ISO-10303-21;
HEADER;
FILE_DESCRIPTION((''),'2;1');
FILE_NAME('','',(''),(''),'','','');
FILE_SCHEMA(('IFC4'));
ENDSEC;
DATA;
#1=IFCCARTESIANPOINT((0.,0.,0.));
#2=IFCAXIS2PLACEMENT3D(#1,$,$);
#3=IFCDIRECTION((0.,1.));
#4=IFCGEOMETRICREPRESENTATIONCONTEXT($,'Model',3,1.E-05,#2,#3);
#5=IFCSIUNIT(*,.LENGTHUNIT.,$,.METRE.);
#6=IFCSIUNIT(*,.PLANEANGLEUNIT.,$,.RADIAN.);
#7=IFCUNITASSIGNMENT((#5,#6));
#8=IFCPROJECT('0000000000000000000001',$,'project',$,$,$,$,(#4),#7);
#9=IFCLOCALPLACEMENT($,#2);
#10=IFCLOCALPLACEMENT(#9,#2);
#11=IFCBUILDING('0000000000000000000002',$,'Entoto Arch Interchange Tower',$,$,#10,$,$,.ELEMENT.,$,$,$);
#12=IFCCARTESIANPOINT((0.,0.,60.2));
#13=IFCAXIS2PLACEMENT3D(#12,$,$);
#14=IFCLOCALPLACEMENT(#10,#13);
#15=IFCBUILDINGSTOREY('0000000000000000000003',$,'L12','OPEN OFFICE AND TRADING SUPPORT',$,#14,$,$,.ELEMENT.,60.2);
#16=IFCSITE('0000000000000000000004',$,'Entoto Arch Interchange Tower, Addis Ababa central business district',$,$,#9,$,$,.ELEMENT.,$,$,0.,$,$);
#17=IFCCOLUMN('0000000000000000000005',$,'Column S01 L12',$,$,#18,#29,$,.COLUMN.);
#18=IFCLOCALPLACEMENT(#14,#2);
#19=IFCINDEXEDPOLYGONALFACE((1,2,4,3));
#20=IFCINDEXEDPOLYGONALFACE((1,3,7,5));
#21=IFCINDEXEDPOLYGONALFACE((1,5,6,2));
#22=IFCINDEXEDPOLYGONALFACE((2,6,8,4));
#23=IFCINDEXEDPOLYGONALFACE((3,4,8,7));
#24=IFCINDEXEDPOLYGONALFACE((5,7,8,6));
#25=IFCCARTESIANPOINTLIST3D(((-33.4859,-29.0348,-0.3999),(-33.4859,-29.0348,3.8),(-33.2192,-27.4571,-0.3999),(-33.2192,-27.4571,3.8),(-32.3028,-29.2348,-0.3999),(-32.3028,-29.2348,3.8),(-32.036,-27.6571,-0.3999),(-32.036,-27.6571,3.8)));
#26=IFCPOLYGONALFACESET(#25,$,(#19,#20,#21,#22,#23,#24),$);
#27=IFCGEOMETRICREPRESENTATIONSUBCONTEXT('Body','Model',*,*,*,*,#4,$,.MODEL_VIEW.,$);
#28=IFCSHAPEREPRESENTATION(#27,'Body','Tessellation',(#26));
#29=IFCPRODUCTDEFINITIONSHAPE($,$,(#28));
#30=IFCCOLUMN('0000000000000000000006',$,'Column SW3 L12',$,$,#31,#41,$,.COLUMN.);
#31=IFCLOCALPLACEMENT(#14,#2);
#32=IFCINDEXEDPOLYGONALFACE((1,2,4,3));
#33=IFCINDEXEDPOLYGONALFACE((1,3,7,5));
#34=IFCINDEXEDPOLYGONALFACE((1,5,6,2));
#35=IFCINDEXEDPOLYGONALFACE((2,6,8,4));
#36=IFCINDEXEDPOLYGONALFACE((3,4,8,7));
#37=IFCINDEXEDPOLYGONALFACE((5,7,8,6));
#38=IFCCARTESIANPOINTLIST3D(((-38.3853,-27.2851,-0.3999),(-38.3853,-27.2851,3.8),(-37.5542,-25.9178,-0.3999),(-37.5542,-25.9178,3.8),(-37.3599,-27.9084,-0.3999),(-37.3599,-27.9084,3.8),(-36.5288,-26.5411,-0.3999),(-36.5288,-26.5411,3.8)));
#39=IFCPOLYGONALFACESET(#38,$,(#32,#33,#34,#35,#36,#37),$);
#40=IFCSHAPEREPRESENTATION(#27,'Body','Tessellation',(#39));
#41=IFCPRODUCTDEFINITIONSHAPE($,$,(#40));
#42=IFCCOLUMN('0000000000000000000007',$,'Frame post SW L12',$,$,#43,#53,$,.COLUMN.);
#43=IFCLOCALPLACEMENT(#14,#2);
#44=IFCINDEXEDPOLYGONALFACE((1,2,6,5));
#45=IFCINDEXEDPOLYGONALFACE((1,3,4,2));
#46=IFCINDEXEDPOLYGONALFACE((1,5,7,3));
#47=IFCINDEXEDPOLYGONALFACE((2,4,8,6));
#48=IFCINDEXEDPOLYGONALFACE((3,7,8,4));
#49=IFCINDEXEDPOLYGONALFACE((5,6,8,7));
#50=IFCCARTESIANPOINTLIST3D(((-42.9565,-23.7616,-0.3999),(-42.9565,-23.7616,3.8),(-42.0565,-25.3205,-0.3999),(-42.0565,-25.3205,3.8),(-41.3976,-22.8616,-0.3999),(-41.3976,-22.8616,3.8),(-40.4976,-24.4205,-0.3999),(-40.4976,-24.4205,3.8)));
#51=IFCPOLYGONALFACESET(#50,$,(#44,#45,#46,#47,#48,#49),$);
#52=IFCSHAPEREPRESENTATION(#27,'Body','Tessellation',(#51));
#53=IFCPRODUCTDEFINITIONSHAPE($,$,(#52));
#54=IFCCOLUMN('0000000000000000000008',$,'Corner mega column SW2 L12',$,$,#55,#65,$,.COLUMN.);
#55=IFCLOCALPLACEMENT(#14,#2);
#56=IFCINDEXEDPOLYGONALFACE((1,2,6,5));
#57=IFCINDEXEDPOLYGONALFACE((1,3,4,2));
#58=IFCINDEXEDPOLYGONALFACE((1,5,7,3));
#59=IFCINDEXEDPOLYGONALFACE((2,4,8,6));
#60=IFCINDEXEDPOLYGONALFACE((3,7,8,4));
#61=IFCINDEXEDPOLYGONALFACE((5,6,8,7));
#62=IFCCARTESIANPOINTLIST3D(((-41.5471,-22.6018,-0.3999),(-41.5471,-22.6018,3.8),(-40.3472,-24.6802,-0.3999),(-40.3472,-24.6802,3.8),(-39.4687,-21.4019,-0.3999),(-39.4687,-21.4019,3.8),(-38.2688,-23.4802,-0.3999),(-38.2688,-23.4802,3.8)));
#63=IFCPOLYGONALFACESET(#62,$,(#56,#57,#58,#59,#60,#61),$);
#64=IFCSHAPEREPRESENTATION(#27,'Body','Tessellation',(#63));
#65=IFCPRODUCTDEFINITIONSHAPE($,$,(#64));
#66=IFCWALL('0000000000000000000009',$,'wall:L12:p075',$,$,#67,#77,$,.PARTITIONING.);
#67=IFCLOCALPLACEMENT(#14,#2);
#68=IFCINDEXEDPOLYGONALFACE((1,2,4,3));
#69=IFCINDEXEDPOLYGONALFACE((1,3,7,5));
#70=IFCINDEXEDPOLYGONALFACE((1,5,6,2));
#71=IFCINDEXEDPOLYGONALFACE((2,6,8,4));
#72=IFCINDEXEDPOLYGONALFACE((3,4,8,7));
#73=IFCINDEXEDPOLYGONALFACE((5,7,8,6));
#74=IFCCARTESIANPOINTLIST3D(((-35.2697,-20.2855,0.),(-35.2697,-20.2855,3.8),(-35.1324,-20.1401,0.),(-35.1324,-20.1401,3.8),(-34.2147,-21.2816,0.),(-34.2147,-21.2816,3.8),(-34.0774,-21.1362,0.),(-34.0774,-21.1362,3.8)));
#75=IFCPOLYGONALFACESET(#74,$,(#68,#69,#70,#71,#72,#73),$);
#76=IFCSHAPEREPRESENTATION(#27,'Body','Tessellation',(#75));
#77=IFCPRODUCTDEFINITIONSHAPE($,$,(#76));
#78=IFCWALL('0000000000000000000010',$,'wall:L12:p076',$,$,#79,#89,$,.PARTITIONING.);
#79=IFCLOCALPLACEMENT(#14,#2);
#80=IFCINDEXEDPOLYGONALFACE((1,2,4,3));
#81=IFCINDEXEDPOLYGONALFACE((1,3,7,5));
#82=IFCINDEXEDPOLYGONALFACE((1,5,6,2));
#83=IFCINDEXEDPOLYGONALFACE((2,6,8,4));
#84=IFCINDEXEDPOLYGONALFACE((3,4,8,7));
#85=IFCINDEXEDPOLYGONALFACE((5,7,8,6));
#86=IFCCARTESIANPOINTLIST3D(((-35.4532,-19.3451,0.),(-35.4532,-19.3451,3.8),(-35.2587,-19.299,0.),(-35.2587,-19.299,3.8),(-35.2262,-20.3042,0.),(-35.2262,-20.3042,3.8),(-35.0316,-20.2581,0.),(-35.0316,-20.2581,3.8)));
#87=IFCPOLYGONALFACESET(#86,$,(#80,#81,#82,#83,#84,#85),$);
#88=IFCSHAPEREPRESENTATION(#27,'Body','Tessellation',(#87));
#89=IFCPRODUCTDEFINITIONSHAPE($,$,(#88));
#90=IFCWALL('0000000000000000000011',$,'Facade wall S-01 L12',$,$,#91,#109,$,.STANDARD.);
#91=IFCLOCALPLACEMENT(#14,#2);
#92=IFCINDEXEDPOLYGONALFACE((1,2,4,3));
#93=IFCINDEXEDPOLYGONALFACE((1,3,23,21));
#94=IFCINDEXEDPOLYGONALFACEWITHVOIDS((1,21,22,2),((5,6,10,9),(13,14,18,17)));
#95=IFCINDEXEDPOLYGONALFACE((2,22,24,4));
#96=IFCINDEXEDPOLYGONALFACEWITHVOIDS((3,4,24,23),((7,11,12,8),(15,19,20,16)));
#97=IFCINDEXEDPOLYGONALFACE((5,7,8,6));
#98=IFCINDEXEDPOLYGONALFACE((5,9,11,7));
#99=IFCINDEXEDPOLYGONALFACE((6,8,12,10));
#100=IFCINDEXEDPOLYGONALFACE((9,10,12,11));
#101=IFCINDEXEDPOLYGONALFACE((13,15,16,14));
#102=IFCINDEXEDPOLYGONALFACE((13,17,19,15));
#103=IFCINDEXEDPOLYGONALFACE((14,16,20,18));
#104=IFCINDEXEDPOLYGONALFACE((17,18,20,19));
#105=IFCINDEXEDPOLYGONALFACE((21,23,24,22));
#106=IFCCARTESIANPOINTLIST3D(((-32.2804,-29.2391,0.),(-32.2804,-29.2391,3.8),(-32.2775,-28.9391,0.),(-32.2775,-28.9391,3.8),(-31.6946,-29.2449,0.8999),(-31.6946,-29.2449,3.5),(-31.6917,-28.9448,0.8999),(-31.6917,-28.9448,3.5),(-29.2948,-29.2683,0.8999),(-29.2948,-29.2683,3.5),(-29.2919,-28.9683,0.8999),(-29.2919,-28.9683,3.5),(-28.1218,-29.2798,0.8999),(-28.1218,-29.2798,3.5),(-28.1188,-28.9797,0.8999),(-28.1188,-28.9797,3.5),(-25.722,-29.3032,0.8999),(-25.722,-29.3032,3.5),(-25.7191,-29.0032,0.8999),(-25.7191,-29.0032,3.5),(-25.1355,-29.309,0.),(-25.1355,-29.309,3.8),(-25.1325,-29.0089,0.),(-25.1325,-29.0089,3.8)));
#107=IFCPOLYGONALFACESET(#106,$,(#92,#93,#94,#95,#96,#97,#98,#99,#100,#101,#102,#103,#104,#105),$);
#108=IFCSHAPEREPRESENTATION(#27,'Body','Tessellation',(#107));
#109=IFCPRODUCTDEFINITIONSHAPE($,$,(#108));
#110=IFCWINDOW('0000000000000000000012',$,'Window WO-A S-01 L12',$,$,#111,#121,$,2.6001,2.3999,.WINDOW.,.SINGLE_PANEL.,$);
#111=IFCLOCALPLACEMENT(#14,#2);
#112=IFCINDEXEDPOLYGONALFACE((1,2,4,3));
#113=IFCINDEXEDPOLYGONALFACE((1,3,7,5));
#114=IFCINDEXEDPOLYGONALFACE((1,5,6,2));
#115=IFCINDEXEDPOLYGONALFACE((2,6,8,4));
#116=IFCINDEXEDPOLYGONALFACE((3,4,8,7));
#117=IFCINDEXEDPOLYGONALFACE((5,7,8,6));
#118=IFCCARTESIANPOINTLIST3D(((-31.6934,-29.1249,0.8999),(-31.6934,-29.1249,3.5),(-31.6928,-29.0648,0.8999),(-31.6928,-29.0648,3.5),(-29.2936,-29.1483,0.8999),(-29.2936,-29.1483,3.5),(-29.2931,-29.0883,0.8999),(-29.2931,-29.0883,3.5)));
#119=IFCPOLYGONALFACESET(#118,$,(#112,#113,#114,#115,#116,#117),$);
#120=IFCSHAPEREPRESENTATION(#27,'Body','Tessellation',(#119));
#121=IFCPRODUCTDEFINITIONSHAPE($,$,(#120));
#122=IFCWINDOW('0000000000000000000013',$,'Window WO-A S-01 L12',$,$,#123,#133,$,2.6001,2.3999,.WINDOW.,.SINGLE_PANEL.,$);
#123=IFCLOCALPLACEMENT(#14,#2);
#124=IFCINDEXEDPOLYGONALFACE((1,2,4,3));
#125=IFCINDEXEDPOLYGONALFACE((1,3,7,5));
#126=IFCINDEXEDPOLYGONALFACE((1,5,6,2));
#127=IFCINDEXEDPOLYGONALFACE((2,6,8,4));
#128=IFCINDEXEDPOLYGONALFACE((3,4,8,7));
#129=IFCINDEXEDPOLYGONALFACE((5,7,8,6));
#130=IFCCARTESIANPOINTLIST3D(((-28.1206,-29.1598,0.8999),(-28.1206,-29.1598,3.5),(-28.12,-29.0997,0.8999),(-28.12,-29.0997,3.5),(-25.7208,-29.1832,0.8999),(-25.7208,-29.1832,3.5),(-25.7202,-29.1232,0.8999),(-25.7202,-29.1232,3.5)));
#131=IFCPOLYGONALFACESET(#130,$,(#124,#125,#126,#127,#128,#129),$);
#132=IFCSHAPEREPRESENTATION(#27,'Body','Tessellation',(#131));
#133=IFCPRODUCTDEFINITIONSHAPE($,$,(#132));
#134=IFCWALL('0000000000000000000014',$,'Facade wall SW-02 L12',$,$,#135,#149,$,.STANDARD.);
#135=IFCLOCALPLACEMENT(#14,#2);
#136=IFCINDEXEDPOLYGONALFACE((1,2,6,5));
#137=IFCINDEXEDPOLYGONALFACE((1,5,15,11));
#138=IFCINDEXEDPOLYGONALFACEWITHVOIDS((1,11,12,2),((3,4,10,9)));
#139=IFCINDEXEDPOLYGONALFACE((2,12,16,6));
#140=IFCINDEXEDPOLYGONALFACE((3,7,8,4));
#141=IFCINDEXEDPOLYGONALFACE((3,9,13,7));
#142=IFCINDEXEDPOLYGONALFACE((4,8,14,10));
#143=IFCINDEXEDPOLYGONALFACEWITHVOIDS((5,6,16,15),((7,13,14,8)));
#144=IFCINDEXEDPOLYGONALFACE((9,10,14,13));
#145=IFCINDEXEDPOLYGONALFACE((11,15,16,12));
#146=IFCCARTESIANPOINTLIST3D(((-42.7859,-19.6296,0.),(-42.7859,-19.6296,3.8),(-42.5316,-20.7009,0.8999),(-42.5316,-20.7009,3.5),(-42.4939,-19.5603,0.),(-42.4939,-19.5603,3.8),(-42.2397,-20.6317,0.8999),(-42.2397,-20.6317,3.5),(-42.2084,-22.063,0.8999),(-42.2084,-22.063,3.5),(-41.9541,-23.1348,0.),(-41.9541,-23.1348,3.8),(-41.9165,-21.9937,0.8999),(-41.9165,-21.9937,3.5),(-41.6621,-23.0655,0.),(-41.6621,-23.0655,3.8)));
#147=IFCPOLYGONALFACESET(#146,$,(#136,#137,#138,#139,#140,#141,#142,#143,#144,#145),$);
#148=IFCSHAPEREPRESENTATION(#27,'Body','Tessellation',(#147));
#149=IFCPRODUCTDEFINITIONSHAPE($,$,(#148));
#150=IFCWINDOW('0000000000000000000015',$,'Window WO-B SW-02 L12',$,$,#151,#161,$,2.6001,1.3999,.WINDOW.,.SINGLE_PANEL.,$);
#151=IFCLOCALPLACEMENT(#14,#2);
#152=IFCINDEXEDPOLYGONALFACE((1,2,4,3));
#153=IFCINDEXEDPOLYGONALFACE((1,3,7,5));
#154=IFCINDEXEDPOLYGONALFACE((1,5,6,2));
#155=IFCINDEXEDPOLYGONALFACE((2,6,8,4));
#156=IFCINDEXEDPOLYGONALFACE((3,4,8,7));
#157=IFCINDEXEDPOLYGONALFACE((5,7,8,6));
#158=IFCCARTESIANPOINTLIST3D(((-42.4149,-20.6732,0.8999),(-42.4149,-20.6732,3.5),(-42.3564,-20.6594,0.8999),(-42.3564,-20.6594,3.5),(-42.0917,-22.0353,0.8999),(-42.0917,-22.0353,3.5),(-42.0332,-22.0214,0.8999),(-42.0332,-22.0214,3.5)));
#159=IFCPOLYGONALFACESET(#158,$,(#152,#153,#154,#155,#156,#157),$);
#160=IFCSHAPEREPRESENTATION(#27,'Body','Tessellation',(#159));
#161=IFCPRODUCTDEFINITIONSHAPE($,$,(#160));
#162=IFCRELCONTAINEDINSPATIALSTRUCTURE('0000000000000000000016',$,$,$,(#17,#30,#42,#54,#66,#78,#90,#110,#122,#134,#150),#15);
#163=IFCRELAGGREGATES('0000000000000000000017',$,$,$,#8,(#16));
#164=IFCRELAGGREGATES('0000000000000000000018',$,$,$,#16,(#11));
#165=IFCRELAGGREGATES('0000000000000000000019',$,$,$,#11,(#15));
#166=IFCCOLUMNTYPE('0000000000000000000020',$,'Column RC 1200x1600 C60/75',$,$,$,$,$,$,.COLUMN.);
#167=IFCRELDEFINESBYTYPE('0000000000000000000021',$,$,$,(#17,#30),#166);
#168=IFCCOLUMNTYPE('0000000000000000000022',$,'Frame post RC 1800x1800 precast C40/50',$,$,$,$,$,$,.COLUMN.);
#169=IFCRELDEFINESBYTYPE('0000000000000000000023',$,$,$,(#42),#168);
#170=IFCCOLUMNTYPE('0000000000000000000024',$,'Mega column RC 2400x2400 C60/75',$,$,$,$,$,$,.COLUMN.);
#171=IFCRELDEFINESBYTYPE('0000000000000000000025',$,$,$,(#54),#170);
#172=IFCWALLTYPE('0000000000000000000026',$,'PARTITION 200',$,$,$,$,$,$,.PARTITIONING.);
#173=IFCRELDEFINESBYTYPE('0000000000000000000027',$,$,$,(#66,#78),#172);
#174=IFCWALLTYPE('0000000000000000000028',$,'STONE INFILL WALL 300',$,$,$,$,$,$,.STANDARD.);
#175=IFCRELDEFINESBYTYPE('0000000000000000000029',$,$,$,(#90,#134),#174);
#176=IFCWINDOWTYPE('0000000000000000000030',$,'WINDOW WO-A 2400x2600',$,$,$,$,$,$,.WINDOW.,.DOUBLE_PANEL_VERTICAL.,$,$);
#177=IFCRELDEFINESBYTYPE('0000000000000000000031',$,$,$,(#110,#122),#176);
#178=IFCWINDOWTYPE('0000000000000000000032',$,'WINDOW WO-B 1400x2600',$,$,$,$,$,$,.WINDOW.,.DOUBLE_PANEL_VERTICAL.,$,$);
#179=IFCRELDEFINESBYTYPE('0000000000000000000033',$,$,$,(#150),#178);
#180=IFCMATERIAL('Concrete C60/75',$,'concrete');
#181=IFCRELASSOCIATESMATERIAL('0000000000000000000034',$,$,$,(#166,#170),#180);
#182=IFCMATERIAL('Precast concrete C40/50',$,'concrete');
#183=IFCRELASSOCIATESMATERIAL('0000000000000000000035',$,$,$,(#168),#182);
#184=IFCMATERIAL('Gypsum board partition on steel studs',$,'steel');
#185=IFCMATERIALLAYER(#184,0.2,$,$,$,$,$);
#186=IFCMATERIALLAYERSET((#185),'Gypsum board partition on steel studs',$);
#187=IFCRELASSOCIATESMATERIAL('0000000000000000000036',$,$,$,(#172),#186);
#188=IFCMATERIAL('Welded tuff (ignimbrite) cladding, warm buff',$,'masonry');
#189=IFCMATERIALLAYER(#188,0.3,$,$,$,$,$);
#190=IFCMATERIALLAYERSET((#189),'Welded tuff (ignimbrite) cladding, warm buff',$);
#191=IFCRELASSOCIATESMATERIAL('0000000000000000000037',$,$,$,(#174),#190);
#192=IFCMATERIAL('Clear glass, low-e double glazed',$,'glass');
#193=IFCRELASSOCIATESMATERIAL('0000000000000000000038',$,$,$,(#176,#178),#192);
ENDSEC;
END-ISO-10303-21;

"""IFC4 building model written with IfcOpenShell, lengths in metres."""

from ifc_helpers import new_model, si_unit, direction, frame, frame_2d, origin, origin_2d, place, context, subcontext, project, spatial, rectangle, extrude, material, layer, layer_set, material_profile, profile_set, type_object, element, fill, save


model = new_model("IFC4")

# Units and contexts
model_context = context("Model", 3, precision=1e-05, world=origin(), true_north=direction((0.0, 1.0)))
body_context = subcontext(model_context, "Body", "Model", "MODEL_VIEW")
ifc_project = project(units=[si_unit("LENGTHUNIT", "METRE"), si_unit("PLANEANGLEUNIT", "RADIAN")], contexts=[model_context])

# Site, building, storey
site_placement = place(None, origin())
site = spatial("IfcSite", under=ifc_project, at=site_placement, Name="Entoto Arch Interchange Tower, Addis Ababa central business district", CompositionType="ELEMENT", RefElevation=0.0)
building_placement = place(site_placement, origin())
building = spatial("IfcBuilding", under=site, at=building_placement, Name="Entoto Arch Interchange Tower", CompositionType="ELEMENT")
storey_placement = place(building_placement, frame((0.0, 0.0, 60.2)))
storey = spatial("IfcBuildingStorey", under=building, at=storey_placement, Name="L12", Description="OPEN OFFICE AND TRADING SUPPORT", CompositionType="ELEMENT", Elevation=60.2)

# Columns
ifc_material_1 = material(Name="Concrete C60/75", Category="concrete")
ifc_material_profile_1 = material_profile(ifc_material_1, rectangle(XDim=1.2, YDim=1.6001, at=origin_2d()))
ifc_profile_set_1 = profile_set([ifc_material_profile_1], Name="Concrete C60/75")
column_type_1 = type_object("IfcColumnType", Name="Column RC 1200x1600 C60/75", PredefinedType="COLUMN", material=ifc_profile_set_1)
for number, where, z_axis, x_axis, name in (
    (1, (-32.761, -28.3459, -0.3999), (0.0, 0.0, 1.0), (-0.986005, 0.166717, 0.0), "Column S01 L12"),
    (2, (-37.457, -26.9131, -0.3999), (0.0, 0.0, 1.0), (-0.854522, 0.519415, 0.0), "Column SW3 L12"),
):
    element("IfcColumn", number, at=place(storey_placement, frame(where, z_axis=z_axis, x_axis=x_axis)), inside=storey, type_object=column_type_1, Name=name, PredefinedType="COLUMN", context=body_context, shape_type="SweptSolid", body=[
        extrude(rectangle(XDim=1.2, YDim=1.6001, at=origin_2d()), origin(), (0.0, 0.0, 1.0), 4.2),
    ])
ifc_material_2 = material(Name="Precast concrete C40/50", Category="concrete")
ifc_material_profile_2 = material_profile(ifc_material_2, rectangle(XDim=1.8, YDim=1.8, at=origin_2d()))
ifc_profile_set_2 = profile_set([ifc_material_profile_2], Name="Precast concrete C40/50")
column_type_2 = type_object("IfcColumnType", Name="Frame post RC 1800x1800 precast C40/50", PredefinedType="COLUMN", material=ifc_profile_set_2)
column_1_placement = place(storey_placement, frame((-41.7271, -24.0911, -0.3999), z_axis=(0.0, 0.0, 1.0), x_axis=(0.866025, 0.5, 0.0)))
element("IfcColumn", 3, at=column_1_placement, inside=storey, type_object=column_type_2, Name="Frame post SW L12", PredefinedType="COLUMN", context=body_context, shape_type="SweptSolid", body=[
    extrude(rectangle(XDim=1.8, YDim=1.8, at=origin_2d()), origin(), (0.0, 0.0, 1.0), 4.2),
])
ifc_material_profile_3 = material_profile(ifc_material_1, rectangle(XDim=2.3999, YDim=2.3999, at=origin_2d()))
ifc_profile_set_3 = profile_set([ifc_material_profile_3], Name="Concrete C60/75")
column_type_3 = type_object("IfcColumnType", Name="Mega column RC 2400x2400 C60/75", PredefinedType="COLUMN", material=ifc_profile_set_3)
column_2_placement = place(storey_placement, frame((-39.908, -23.041, -0.3999), z_axis=(0.0, 0.0, 1.0), x_axis=(0.866025, 0.5, 0.0)))
element("IfcColumn", 4, at=column_2_placement, inside=storey, type_object=column_type_3, Name="Corner mega column SW2 L12", PredefinedType="COLUMN", context=body_context, shape_type="SweptSolid", body=[
    extrude(rectangle(XDim=2.3999, YDim=2.3999, at=origin_2d()), origin(), (0.0, 0.0, 1.0), 4.2),
])

# Walls
ifc_material_3 = material(Name="Gypsum board partition on steel studs", Category="steel")
ifc_layer_1 = layer(ifc_material_3, 0.2)
ifc_layer_set_1 = layer_set([ifc_layer_1], Name="Gypsum board partition on steel studs")
wall_type_1 = type_object("IfcWallType", Name="PARTITION 200", PredefinedType="PARTITIONING", material=ifc_layer_set_1)
wall_1_placement = place(storey_placement, frame((-34.146, -21.209, 0.0), z_axis=(0.0, 0.0, 1.0), x_axis=(-0.727092, 0.68654, 0.0)))
element("IfcWall", 5, at=wall_1_placement, inside=storey, type_object=wall_type_1, Name="wall:L12:p075", PredefinedType="PARTITIONING", context=body_context, shape_type="SweptSolid", body=[
    extrude(rectangle(XDim=1.4509, YDim=0.2, at=frame_2d((0.7256, 0.0))), origin(), (0.0, 0.0, 1.0), 3.8),
])
wall_2_placement = place(storey_placement, frame((-35.1289, -20.281, 0.0), z_axis=(0.0, 0.0, 1.0), x_axis=(-0.230392, 0.973098, 0.0)))
element("IfcWall", 6, at=wall_2_placement, inside=storey, type_object=wall_type_1, Name="wall:L12:p076", PredefinedType="PARTITIONING", context=body_context, shape_type="SweptSolid", body=[
    extrude(rectangle(XDim=0.9856, YDim=0.2, at=frame_2d((0.4927, 0.0))), origin(), (0.0, 0.0, 1.0), 3.8),
])

# Wall, openings, windows
ifc_material_4 = material(Name="Welded tuff (ignimbrite) cladding, warm buff", Category="masonry")
ifc_layer_2 = layer(ifc_material_4, 0.3)
ifc_layer_set_2 = layer_set([ifc_layer_2], Name="Welded tuff (ignimbrite) cladding, warm buff")
wall_type_2 = type_object("IfcWallType", Name="STONE INFILL WALL 300", PredefinedType="STANDARD", material=ifc_layer_set_2)
wall_3_placement = place(storey_placement, frame((-32.2791, -29.0891, 0.0), z_axis=(0.0, 0.0, 1.0), x_axis=(0.999952, -0.009772, 0.0)))
wall_3 = element("IfcWall", 7, at=wall_3_placement, inside=storey, type_object=wall_type_2, Name="Facade wall S-01 L12", PredefinedType="STANDARD", context=body_context, shape_type="SweptSolid", body=[
    extrude(rectangle(XDim=7.1453, YDim=0.3, at=frame_2d((3.5728, 0.0))), origin(), (0.0, 0.0, 1.0), 3.8),
])
opening_1_placement = place(wall_3_placement, frame((0.5859, 0.0, 0.8999)))
opening_1 = element("IfcOpeningElement", 8, at=opening_1_placement, cuts=wall_3, PredefinedType="OPENING", context=body_context, shape_type="SweptSolid", body=[
    extrude(rectangle(XDim=2.3999, YDim=2.6001, at=frame_2d((1.2, 1.3))), frame((0.0, 0.1602, 0.0), z_axis=(0.0, -1.0, 0.0), x_axis=(1.0, 0.0, 0.0)), (0.0, 0.0, 1.0), 0.3201),
])
opening_2_placement = place(wall_3_placement, frame((4.1589, 0.0, 0.8999)))
opening_2 = element("IfcOpeningElement", 9, at=opening_2_placement, cuts=wall_3, PredefinedType="OPENING", context=body_context, shape_type="SweptSolid", body=[
    extrude(rectangle(XDim=2.3999, YDim=2.6001, at=frame_2d((1.2, 1.3))), frame((0.0, 0.1602, 0.0), z_axis=(0.0, -1.0, 0.0), x_axis=(1.0, 0.0, 0.0)), (0.0, 0.0, 1.0), 0.3201),
])
ifc_material_5 = material(Name="Clear glass, low-e double glazed", Category="glass")
window_type_1 = type_object("IfcWindowType", Name="WINDOW WO-A 2400x2600", PartitioningType="DOUBLE_PANEL_VERTICAL", PredefinedType="WINDOW", material=ifc_material_5)
window_1_placement = place(opening_1_placement, origin())
window_1 = element("IfcWindow", 10, at=window_1_placement, inside=storey, type_object=window_type_1, Name="Window WO-A S-01 L12", OverallHeight=2.6001, OverallWidth=2.3999, PartitioningType="SINGLE_PANEL", PredefinedType="WINDOW", context=body_context, shape_type="SweptSolid", body=[
    extrude(rectangle(XDim=2.3999, YDim=2.6001, at=frame_2d((1.2, 1.3))), frame((0.0, 0.03, 0.0), z_axis=(0.0, -1.0, 0.0), x_axis=(1.0, 0.0, 0.0)), (0.0, 0.0, 1.0), 0.0601),
])
fill(opening_1, window_1)
window_2_placement = place(opening_2_placement, origin())
window_2 = element("IfcWindow", 11, at=window_2_placement, inside=storey, type_object=window_type_1, Name="Window WO-A S-01 L12", OverallHeight=2.6001, OverallWidth=2.3999, PartitioningType="SINGLE_PANEL", PredefinedType="WINDOW", context=body_context, shape_type="SweptSolid", body=[
    extrude(rectangle(XDim=2.3999, YDim=2.6001, at=frame_2d((1.2, 1.3))), frame((0.0, 0.03, 0.0), z_axis=(0.0, -1.0, 0.0), x_axis=(1.0, 0.0, 0.0)), (0.0, 0.0, 1.0), 0.0601),
])
fill(opening_2, window_2)

# Wall, opening, window
wall_4_placement = place(storey_placement, frame((-42.6399, -19.595, 0.0), z_axis=(0.0, 0.0, 1.0), x_axis=(0.230894, -0.972979, 0.0)))
wall_4 = element("IfcWall", 12, at=wall_4_placement, inside=storey, type_object=wall_type_2, Name="Facade wall SW-02 L12", PredefinedType="STANDARD", context=body_context, shape_type="SweptSolid", body=[
    extrude(rectangle(XDim=3.6025, YDim=0.3, at=frame_2d((1.8013, 0.0))), origin(), (0.0, 0.0, 1.0), 3.8),
])
opening_3_placement = place(wall_4_placement, frame((1.1011, 0.0, 0.8999)))
opening_3 = element("IfcOpeningElement", 13, at=opening_3_placement, cuts=wall_4, PredefinedType="OPENING", context=body_context, shape_type="SweptSolid", body=[
    extrude(rectangle(XDim=1.3999, YDim=2.6001, at=frame_2d((0.7, 1.3))), frame((0.0, 0.1602, 0.0), z_axis=(0.0, -1.0, 0.0), x_axis=(1.0, 0.0, 0.0)), (0.0, 0.0, 1.0), 0.3201),
])
window_type_2 = type_object("IfcWindowType", Name="WINDOW WO-B 1400x2600", PartitioningType="DOUBLE_PANEL_VERTICAL", PredefinedType="WINDOW", material=ifc_material_5)
window_3_placement = place(opening_3_placement, origin())
window_3 = element("IfcWindow", 14, at=window_3_placement, inside=storey, type_object=window_type_2, Name="Window WO-B SW-02 L12", OverallHeight=2.6001, OverallWidth=1.3999, PartitioningType="SINGLE_PANEL", PredefinedType="WINDOW", context=body_context, shape_type="SweptSolid", body=[
    extrude(rectangle(XDim=1.3999, YDim=2.6001, at=frame_2d((0.7, 1.3))), frame((0.0, 0.03, 0.0), z_axis=(0.0, -1.0, 0.0), x_axis=(1.0, 0.0, 0.0)), (0.0, 0.0, 1.0), 0.0601),
])
fill(opening_3, window_3)

save(model, "model.ifc")
